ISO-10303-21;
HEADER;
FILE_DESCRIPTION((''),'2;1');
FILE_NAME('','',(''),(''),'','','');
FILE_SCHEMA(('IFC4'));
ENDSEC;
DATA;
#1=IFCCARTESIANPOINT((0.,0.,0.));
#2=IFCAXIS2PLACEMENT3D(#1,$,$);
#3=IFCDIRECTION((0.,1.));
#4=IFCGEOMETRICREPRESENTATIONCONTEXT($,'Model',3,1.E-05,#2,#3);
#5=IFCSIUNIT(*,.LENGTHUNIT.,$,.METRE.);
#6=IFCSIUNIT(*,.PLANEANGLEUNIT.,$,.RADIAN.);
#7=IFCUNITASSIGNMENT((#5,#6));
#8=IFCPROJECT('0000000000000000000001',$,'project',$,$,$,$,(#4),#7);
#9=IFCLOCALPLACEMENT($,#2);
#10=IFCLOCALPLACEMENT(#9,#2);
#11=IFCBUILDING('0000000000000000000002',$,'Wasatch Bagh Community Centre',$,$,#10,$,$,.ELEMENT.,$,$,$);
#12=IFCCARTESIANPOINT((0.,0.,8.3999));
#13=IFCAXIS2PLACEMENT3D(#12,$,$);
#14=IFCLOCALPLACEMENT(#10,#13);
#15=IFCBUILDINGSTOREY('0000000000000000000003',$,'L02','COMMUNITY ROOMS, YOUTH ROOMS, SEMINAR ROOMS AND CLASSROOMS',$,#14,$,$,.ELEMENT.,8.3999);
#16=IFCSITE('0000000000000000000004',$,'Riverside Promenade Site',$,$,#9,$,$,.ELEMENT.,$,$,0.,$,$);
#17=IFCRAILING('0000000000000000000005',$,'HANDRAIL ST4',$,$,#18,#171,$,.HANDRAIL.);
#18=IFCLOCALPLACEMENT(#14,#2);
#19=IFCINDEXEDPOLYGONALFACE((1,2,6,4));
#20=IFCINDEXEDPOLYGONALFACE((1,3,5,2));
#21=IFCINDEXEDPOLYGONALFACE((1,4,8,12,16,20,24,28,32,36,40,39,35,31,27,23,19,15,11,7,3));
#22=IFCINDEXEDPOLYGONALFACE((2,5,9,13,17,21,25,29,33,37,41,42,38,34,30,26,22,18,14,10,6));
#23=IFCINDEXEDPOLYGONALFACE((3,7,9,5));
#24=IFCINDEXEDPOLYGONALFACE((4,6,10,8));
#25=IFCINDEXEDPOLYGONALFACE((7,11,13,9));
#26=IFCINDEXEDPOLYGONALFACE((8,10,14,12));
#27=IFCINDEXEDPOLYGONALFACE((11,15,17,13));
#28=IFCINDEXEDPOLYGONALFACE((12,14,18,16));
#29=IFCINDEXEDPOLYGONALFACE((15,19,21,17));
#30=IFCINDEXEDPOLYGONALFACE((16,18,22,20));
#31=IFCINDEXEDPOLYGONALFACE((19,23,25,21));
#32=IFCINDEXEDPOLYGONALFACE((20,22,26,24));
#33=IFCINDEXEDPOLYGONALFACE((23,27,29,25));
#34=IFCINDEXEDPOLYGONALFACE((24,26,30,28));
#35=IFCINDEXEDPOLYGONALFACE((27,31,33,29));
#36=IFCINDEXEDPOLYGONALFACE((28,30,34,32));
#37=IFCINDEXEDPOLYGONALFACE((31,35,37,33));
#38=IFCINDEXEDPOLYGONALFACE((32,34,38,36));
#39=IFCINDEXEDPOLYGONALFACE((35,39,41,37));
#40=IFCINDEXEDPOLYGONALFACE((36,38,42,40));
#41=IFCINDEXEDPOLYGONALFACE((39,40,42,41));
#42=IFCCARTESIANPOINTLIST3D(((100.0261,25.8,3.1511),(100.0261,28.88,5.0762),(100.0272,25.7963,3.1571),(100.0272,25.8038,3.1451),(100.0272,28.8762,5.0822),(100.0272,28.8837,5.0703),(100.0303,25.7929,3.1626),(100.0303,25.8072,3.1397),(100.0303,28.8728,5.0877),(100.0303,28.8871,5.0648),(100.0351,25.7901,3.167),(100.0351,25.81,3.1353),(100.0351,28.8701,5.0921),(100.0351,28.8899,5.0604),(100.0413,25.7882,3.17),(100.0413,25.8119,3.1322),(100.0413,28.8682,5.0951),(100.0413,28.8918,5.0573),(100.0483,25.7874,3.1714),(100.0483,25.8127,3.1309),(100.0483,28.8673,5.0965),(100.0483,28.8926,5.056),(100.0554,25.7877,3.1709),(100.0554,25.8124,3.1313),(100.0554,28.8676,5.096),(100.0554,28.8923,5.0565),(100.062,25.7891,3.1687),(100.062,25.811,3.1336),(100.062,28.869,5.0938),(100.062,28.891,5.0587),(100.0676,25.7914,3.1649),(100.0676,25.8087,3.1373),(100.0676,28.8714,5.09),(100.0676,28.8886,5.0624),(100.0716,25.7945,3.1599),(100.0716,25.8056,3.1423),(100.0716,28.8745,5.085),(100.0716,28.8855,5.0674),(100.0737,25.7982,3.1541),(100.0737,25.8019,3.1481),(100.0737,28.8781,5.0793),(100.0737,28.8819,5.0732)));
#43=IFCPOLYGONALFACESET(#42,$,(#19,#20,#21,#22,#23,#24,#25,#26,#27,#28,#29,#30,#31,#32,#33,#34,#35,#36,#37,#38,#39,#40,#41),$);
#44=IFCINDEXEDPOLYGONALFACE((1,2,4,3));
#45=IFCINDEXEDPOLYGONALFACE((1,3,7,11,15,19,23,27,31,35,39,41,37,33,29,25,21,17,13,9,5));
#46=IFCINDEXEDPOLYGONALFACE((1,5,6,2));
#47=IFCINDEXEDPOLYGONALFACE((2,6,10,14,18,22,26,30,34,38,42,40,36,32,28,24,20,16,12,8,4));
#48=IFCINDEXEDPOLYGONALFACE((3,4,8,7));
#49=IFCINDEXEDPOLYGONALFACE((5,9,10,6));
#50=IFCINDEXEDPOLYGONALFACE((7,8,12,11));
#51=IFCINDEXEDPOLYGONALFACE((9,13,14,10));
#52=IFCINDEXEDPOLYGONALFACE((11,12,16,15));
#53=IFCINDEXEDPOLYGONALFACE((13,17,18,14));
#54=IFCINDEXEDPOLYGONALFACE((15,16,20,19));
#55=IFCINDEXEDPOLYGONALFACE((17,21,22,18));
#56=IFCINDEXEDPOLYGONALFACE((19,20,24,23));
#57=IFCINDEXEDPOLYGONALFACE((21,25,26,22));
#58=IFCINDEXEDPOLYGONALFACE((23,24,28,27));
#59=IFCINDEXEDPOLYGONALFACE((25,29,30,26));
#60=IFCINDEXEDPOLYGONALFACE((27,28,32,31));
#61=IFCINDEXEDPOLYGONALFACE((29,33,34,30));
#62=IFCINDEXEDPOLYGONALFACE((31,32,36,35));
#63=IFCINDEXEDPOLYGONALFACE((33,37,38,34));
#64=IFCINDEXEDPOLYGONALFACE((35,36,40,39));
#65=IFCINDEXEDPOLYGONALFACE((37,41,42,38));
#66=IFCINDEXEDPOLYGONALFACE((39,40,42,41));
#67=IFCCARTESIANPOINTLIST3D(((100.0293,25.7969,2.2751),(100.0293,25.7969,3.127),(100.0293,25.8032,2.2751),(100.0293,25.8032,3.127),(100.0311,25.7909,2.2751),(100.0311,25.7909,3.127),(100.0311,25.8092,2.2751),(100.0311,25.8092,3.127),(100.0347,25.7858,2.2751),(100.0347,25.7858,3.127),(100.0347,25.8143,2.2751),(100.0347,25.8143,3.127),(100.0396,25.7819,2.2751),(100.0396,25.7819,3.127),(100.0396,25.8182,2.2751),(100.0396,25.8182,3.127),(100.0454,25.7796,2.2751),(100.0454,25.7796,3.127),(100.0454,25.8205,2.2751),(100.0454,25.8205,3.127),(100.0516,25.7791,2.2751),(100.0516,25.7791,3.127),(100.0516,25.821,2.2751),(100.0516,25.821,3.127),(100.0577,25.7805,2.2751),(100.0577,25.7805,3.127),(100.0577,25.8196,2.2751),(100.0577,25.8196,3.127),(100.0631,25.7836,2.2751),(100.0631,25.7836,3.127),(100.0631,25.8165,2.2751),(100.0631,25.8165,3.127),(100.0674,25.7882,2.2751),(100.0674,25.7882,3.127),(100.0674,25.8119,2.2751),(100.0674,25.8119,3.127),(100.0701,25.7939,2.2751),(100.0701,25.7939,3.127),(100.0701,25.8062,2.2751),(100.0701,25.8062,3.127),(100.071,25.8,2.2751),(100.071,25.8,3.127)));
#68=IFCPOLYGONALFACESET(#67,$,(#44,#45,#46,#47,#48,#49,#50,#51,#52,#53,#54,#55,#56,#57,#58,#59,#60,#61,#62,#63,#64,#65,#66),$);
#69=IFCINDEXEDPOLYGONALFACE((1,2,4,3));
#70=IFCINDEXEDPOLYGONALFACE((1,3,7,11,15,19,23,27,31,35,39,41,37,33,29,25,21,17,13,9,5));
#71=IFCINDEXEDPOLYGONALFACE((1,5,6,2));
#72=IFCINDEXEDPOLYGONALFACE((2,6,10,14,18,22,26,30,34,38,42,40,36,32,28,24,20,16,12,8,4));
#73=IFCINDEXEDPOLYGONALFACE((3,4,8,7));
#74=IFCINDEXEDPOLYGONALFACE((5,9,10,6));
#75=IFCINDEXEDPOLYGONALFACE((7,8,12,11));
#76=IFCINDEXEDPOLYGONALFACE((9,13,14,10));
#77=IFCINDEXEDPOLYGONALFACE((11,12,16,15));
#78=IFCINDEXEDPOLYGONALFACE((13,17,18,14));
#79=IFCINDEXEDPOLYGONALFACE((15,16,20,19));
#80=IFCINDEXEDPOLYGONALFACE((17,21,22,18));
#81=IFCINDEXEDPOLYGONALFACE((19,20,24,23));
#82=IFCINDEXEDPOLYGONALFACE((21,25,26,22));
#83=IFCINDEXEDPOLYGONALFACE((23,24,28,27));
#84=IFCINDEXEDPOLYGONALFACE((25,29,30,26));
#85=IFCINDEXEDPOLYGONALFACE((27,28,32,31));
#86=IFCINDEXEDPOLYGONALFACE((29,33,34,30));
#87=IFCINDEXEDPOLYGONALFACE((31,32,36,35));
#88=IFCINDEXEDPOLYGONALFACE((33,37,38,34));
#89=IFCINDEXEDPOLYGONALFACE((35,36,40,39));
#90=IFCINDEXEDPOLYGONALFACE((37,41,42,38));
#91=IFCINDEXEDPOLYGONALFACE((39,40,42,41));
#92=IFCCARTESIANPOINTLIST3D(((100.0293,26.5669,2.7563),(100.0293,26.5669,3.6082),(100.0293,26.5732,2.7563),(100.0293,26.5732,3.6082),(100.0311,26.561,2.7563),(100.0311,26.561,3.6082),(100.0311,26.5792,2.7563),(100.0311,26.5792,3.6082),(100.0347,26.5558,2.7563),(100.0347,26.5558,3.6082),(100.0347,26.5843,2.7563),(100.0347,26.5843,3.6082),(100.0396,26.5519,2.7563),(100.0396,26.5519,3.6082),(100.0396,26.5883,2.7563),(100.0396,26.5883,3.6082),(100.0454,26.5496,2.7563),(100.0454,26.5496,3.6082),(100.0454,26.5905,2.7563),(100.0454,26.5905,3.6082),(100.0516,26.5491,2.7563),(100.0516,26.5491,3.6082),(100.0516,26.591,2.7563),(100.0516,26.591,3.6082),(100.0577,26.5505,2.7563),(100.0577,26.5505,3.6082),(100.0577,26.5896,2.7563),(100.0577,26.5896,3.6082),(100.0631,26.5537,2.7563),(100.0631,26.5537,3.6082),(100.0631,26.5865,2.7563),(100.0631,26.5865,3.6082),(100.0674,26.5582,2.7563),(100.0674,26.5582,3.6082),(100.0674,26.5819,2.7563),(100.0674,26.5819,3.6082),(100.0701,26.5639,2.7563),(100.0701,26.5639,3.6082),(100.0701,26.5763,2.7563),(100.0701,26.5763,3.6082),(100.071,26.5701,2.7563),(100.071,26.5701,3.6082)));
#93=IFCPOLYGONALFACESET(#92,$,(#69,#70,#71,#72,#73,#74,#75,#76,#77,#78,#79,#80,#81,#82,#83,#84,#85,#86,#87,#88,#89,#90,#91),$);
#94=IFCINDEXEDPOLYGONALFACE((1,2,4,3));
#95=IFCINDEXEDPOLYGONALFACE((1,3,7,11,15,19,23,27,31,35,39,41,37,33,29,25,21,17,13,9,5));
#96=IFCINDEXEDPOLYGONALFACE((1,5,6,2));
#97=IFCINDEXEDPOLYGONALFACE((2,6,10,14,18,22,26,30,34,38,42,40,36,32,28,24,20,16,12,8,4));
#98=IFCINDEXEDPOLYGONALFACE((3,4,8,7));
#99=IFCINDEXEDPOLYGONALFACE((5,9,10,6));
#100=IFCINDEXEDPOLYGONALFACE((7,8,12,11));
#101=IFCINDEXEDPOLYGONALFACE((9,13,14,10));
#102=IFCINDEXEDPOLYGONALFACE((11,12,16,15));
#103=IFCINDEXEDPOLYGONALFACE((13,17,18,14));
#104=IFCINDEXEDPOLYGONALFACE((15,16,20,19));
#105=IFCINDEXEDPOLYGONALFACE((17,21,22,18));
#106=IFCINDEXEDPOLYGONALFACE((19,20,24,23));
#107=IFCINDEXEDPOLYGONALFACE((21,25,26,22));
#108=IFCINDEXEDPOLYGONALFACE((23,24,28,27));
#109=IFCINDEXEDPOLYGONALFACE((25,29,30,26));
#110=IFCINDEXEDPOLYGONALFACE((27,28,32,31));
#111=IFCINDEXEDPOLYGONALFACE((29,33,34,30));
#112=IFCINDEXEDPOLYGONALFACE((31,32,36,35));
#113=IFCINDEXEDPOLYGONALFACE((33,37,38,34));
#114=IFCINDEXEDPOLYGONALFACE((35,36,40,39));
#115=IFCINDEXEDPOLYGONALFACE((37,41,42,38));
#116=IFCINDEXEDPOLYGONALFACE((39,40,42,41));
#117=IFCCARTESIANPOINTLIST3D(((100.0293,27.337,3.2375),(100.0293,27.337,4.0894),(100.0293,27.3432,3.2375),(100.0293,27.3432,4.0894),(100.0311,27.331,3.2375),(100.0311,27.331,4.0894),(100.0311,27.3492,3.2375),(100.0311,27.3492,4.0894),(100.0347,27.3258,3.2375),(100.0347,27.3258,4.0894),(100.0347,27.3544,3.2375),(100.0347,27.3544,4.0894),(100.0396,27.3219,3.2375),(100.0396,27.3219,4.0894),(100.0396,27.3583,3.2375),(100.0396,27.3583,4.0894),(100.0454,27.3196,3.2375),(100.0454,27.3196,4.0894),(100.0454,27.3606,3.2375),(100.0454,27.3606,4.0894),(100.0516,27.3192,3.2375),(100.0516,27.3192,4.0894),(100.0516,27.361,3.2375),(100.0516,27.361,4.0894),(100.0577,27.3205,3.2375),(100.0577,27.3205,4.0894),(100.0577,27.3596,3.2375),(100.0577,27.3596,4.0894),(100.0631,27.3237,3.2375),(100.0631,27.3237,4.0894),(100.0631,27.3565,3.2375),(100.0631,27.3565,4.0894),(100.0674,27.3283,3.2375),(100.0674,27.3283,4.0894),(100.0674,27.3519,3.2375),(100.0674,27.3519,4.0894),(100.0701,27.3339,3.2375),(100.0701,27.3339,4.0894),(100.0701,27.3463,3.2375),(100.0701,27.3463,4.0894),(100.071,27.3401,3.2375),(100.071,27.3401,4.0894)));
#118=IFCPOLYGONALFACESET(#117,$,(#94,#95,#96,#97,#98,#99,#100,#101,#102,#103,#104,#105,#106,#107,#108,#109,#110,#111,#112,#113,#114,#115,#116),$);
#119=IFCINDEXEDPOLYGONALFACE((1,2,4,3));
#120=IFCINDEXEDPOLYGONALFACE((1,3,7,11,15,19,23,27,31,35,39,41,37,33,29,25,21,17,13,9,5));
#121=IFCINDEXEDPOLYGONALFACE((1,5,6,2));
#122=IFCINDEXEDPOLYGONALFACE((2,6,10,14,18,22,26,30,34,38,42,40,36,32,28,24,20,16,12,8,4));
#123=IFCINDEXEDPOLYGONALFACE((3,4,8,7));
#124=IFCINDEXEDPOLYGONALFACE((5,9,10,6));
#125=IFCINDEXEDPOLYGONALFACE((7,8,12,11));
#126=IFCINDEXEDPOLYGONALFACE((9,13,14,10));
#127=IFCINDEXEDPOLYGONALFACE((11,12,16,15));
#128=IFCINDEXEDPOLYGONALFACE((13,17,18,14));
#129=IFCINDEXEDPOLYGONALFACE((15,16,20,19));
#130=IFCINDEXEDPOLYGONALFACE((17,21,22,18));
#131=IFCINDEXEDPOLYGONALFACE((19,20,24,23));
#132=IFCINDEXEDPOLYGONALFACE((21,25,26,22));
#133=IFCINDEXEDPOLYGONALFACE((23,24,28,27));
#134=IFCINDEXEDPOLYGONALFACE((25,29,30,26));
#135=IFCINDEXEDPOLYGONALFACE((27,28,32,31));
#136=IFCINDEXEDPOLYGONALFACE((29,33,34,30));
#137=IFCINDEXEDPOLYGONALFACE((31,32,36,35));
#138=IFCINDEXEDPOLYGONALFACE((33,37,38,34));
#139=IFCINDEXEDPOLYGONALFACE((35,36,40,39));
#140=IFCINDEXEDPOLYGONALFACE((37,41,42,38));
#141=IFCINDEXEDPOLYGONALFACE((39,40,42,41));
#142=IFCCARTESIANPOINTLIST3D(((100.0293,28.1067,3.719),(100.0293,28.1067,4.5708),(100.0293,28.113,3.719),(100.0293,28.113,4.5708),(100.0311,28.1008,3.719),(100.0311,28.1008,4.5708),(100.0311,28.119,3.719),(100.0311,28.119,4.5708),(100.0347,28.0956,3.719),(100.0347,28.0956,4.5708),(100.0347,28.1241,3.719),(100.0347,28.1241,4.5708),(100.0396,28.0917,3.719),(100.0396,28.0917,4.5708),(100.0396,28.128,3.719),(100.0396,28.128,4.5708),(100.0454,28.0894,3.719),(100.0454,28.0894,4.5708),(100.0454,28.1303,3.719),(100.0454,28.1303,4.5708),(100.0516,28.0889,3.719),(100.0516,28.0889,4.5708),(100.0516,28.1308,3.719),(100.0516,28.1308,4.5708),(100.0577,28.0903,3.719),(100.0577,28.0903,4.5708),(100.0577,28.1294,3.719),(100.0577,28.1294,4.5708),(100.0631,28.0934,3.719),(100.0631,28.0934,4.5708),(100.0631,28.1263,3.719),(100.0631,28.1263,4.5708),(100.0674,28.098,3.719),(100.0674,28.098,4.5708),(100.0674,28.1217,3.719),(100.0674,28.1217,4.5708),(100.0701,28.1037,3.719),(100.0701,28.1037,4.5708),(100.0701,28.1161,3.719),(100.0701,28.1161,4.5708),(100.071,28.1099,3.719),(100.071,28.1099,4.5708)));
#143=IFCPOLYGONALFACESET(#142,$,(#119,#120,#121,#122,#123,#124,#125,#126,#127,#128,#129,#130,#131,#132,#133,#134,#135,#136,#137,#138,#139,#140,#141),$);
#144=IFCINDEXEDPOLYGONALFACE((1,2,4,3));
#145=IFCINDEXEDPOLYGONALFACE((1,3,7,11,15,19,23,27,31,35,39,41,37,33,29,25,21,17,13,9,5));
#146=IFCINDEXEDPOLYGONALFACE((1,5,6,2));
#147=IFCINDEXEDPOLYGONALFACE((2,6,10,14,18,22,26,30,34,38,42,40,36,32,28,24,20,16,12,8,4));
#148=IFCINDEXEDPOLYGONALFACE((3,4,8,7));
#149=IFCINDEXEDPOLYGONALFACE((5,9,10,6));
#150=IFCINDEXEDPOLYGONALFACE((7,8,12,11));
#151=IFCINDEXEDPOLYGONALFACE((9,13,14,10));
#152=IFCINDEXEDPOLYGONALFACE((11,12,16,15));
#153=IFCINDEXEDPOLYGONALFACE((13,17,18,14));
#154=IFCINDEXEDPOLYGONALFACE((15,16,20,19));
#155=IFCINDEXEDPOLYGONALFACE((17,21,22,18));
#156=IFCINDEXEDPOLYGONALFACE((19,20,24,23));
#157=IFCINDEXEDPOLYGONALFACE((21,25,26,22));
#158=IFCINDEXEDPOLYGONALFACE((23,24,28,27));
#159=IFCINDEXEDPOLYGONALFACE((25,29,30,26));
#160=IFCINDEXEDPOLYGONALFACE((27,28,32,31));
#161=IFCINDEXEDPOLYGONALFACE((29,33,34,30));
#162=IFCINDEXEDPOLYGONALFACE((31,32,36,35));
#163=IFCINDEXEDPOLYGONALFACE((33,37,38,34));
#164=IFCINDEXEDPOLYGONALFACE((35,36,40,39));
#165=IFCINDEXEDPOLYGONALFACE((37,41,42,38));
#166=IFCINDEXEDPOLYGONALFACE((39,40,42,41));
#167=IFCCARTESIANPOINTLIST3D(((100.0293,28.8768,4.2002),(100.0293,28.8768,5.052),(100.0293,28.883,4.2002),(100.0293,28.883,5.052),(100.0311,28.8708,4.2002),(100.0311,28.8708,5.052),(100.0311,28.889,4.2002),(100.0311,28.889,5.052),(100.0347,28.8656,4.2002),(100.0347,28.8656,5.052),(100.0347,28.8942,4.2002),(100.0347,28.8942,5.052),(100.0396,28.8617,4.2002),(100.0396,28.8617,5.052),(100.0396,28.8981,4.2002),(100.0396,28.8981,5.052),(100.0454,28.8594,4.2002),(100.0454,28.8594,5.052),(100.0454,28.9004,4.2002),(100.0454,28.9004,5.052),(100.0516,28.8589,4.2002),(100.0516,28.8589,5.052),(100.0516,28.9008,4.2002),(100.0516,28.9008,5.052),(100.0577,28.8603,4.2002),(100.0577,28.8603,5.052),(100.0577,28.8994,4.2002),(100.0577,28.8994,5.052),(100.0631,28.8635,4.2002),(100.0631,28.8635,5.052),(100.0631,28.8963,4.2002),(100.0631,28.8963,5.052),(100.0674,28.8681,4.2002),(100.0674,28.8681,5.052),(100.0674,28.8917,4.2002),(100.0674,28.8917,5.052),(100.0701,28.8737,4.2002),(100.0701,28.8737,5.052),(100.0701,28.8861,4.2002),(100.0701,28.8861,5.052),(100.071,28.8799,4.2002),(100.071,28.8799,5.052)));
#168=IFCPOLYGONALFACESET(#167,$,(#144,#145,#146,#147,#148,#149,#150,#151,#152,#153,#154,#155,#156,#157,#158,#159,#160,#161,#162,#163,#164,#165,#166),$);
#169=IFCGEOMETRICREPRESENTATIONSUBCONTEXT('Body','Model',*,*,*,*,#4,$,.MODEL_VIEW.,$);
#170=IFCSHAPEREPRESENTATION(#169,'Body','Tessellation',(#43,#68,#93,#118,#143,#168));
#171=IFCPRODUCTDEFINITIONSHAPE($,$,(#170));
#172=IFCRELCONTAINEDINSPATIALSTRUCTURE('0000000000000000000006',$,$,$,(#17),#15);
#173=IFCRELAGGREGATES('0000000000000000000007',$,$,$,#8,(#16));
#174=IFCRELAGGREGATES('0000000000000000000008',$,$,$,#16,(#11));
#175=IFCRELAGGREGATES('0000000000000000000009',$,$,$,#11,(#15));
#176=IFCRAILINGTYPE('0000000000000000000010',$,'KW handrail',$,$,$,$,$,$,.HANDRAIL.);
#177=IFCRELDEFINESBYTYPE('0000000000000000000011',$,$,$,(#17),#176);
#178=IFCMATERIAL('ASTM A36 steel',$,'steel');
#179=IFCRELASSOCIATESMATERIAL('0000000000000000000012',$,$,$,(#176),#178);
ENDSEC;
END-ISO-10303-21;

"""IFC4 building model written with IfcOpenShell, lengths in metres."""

from ifc_helpers import new_model, si_unit, direction, frame, origin, origin_2d, place, context, subcontext, project, spatial, circle, extrude, material, type_object, element, save


model = new_model("IFC4")

# Units and contexts
model_context = context("Model", 3, precision=1e-05, world=origin(), true_north=direction((0.0, 1.0)))
body_context = subcontext(model_context, "Body", "Model", "MODEL_VIEW")
ifc_project = project(units=[si_unit("LENGTHUNIT", "METRE"), si_unit("PLANEANGLEUNIT", "RADIAN")], contexts=[model_context])

# Site, building, storey
site_placement = place(None, origin())
site = spatial("IfcSite", under=ifc_project, at=site_placement, Name="Riverside Promenade Site", CompositionType="ELEMENT", RefElevation=0.0)
building_placement = place(site_placement, origin())
building = spatial("IfcBuilding", under=site, at=building_placement, Name="Wasatch Bagh Community Centre", CompositionType="ELEMENT")
storey_placement = place(building_placement, frame((0.0, 0.0, 8.3999)))
storey = spatial("IfcBuildingStorey", under=building, at=storey_placement, Name="L02", Description="COMMUNITY ROOMS, YOUTH ROOMS, SEMINAR ROOMS AND CLASSROOMS", CompositionType="ELEMENT", Elevation=8.3999)

# Railing
ifc_material_1 = material(Name="ASTM A36 steel", Category="steel")
railing_type_1 = type_object("IfcRailingType", Name="KW handrail", PredefinedType="HANDRAIL", material=ifc_material_1)
for number, where, name in (
    (1, (100.05, 25.8, 2.2751), "HANDRAIL ST4"),
):
    element("IfcRailing", number, at=place(storey_placement, frame(where)), inside=storey, type_object=railing_type_1, Name=name, PredefinedType="HANDRAIL", context=body_context, shape_type="SweptSolid", body=[
        extrude(circle(Radius=0.0239, at=origin_2d()), frame((0.0, 0.0, 0.876), z_axis=(0.0, 0.847979, 0.530029), x_axis=(-1.0, 0.0, 0.0)), (0.0, 0.0, 1.0), 3.6321),
        extrude(circle(Radius=0.021, at=origin_2d()), origin(), (0.0, 0.0, 1.0), 0.8518),
        extrude(circle(Radius=0.021, at=origin_2d()), frame((0.0, 0.77, 0.4812)), (0.0, 0.0, 1.0), 0.8518),
        extrude(circle(Radius=0.021, at=origin_2d()), frame((0.0, 1.54, 0.9624)), (0.0, 0.0, 1.0), 0.8518),
        extrude(circle(Radius=0.021, at=origin_2d()), frame((0.0, 2.3098, 1.4438)), (0.0, 0.0, 1.0), 0.8518),
        extrude(circle(Radius=0.021, at=origin_2d()), frame((0.0, 3.0798, 1.925)), (0.0, 0.0, 1.0), 0.8518),
    ])

save(model, "model.ifc")
